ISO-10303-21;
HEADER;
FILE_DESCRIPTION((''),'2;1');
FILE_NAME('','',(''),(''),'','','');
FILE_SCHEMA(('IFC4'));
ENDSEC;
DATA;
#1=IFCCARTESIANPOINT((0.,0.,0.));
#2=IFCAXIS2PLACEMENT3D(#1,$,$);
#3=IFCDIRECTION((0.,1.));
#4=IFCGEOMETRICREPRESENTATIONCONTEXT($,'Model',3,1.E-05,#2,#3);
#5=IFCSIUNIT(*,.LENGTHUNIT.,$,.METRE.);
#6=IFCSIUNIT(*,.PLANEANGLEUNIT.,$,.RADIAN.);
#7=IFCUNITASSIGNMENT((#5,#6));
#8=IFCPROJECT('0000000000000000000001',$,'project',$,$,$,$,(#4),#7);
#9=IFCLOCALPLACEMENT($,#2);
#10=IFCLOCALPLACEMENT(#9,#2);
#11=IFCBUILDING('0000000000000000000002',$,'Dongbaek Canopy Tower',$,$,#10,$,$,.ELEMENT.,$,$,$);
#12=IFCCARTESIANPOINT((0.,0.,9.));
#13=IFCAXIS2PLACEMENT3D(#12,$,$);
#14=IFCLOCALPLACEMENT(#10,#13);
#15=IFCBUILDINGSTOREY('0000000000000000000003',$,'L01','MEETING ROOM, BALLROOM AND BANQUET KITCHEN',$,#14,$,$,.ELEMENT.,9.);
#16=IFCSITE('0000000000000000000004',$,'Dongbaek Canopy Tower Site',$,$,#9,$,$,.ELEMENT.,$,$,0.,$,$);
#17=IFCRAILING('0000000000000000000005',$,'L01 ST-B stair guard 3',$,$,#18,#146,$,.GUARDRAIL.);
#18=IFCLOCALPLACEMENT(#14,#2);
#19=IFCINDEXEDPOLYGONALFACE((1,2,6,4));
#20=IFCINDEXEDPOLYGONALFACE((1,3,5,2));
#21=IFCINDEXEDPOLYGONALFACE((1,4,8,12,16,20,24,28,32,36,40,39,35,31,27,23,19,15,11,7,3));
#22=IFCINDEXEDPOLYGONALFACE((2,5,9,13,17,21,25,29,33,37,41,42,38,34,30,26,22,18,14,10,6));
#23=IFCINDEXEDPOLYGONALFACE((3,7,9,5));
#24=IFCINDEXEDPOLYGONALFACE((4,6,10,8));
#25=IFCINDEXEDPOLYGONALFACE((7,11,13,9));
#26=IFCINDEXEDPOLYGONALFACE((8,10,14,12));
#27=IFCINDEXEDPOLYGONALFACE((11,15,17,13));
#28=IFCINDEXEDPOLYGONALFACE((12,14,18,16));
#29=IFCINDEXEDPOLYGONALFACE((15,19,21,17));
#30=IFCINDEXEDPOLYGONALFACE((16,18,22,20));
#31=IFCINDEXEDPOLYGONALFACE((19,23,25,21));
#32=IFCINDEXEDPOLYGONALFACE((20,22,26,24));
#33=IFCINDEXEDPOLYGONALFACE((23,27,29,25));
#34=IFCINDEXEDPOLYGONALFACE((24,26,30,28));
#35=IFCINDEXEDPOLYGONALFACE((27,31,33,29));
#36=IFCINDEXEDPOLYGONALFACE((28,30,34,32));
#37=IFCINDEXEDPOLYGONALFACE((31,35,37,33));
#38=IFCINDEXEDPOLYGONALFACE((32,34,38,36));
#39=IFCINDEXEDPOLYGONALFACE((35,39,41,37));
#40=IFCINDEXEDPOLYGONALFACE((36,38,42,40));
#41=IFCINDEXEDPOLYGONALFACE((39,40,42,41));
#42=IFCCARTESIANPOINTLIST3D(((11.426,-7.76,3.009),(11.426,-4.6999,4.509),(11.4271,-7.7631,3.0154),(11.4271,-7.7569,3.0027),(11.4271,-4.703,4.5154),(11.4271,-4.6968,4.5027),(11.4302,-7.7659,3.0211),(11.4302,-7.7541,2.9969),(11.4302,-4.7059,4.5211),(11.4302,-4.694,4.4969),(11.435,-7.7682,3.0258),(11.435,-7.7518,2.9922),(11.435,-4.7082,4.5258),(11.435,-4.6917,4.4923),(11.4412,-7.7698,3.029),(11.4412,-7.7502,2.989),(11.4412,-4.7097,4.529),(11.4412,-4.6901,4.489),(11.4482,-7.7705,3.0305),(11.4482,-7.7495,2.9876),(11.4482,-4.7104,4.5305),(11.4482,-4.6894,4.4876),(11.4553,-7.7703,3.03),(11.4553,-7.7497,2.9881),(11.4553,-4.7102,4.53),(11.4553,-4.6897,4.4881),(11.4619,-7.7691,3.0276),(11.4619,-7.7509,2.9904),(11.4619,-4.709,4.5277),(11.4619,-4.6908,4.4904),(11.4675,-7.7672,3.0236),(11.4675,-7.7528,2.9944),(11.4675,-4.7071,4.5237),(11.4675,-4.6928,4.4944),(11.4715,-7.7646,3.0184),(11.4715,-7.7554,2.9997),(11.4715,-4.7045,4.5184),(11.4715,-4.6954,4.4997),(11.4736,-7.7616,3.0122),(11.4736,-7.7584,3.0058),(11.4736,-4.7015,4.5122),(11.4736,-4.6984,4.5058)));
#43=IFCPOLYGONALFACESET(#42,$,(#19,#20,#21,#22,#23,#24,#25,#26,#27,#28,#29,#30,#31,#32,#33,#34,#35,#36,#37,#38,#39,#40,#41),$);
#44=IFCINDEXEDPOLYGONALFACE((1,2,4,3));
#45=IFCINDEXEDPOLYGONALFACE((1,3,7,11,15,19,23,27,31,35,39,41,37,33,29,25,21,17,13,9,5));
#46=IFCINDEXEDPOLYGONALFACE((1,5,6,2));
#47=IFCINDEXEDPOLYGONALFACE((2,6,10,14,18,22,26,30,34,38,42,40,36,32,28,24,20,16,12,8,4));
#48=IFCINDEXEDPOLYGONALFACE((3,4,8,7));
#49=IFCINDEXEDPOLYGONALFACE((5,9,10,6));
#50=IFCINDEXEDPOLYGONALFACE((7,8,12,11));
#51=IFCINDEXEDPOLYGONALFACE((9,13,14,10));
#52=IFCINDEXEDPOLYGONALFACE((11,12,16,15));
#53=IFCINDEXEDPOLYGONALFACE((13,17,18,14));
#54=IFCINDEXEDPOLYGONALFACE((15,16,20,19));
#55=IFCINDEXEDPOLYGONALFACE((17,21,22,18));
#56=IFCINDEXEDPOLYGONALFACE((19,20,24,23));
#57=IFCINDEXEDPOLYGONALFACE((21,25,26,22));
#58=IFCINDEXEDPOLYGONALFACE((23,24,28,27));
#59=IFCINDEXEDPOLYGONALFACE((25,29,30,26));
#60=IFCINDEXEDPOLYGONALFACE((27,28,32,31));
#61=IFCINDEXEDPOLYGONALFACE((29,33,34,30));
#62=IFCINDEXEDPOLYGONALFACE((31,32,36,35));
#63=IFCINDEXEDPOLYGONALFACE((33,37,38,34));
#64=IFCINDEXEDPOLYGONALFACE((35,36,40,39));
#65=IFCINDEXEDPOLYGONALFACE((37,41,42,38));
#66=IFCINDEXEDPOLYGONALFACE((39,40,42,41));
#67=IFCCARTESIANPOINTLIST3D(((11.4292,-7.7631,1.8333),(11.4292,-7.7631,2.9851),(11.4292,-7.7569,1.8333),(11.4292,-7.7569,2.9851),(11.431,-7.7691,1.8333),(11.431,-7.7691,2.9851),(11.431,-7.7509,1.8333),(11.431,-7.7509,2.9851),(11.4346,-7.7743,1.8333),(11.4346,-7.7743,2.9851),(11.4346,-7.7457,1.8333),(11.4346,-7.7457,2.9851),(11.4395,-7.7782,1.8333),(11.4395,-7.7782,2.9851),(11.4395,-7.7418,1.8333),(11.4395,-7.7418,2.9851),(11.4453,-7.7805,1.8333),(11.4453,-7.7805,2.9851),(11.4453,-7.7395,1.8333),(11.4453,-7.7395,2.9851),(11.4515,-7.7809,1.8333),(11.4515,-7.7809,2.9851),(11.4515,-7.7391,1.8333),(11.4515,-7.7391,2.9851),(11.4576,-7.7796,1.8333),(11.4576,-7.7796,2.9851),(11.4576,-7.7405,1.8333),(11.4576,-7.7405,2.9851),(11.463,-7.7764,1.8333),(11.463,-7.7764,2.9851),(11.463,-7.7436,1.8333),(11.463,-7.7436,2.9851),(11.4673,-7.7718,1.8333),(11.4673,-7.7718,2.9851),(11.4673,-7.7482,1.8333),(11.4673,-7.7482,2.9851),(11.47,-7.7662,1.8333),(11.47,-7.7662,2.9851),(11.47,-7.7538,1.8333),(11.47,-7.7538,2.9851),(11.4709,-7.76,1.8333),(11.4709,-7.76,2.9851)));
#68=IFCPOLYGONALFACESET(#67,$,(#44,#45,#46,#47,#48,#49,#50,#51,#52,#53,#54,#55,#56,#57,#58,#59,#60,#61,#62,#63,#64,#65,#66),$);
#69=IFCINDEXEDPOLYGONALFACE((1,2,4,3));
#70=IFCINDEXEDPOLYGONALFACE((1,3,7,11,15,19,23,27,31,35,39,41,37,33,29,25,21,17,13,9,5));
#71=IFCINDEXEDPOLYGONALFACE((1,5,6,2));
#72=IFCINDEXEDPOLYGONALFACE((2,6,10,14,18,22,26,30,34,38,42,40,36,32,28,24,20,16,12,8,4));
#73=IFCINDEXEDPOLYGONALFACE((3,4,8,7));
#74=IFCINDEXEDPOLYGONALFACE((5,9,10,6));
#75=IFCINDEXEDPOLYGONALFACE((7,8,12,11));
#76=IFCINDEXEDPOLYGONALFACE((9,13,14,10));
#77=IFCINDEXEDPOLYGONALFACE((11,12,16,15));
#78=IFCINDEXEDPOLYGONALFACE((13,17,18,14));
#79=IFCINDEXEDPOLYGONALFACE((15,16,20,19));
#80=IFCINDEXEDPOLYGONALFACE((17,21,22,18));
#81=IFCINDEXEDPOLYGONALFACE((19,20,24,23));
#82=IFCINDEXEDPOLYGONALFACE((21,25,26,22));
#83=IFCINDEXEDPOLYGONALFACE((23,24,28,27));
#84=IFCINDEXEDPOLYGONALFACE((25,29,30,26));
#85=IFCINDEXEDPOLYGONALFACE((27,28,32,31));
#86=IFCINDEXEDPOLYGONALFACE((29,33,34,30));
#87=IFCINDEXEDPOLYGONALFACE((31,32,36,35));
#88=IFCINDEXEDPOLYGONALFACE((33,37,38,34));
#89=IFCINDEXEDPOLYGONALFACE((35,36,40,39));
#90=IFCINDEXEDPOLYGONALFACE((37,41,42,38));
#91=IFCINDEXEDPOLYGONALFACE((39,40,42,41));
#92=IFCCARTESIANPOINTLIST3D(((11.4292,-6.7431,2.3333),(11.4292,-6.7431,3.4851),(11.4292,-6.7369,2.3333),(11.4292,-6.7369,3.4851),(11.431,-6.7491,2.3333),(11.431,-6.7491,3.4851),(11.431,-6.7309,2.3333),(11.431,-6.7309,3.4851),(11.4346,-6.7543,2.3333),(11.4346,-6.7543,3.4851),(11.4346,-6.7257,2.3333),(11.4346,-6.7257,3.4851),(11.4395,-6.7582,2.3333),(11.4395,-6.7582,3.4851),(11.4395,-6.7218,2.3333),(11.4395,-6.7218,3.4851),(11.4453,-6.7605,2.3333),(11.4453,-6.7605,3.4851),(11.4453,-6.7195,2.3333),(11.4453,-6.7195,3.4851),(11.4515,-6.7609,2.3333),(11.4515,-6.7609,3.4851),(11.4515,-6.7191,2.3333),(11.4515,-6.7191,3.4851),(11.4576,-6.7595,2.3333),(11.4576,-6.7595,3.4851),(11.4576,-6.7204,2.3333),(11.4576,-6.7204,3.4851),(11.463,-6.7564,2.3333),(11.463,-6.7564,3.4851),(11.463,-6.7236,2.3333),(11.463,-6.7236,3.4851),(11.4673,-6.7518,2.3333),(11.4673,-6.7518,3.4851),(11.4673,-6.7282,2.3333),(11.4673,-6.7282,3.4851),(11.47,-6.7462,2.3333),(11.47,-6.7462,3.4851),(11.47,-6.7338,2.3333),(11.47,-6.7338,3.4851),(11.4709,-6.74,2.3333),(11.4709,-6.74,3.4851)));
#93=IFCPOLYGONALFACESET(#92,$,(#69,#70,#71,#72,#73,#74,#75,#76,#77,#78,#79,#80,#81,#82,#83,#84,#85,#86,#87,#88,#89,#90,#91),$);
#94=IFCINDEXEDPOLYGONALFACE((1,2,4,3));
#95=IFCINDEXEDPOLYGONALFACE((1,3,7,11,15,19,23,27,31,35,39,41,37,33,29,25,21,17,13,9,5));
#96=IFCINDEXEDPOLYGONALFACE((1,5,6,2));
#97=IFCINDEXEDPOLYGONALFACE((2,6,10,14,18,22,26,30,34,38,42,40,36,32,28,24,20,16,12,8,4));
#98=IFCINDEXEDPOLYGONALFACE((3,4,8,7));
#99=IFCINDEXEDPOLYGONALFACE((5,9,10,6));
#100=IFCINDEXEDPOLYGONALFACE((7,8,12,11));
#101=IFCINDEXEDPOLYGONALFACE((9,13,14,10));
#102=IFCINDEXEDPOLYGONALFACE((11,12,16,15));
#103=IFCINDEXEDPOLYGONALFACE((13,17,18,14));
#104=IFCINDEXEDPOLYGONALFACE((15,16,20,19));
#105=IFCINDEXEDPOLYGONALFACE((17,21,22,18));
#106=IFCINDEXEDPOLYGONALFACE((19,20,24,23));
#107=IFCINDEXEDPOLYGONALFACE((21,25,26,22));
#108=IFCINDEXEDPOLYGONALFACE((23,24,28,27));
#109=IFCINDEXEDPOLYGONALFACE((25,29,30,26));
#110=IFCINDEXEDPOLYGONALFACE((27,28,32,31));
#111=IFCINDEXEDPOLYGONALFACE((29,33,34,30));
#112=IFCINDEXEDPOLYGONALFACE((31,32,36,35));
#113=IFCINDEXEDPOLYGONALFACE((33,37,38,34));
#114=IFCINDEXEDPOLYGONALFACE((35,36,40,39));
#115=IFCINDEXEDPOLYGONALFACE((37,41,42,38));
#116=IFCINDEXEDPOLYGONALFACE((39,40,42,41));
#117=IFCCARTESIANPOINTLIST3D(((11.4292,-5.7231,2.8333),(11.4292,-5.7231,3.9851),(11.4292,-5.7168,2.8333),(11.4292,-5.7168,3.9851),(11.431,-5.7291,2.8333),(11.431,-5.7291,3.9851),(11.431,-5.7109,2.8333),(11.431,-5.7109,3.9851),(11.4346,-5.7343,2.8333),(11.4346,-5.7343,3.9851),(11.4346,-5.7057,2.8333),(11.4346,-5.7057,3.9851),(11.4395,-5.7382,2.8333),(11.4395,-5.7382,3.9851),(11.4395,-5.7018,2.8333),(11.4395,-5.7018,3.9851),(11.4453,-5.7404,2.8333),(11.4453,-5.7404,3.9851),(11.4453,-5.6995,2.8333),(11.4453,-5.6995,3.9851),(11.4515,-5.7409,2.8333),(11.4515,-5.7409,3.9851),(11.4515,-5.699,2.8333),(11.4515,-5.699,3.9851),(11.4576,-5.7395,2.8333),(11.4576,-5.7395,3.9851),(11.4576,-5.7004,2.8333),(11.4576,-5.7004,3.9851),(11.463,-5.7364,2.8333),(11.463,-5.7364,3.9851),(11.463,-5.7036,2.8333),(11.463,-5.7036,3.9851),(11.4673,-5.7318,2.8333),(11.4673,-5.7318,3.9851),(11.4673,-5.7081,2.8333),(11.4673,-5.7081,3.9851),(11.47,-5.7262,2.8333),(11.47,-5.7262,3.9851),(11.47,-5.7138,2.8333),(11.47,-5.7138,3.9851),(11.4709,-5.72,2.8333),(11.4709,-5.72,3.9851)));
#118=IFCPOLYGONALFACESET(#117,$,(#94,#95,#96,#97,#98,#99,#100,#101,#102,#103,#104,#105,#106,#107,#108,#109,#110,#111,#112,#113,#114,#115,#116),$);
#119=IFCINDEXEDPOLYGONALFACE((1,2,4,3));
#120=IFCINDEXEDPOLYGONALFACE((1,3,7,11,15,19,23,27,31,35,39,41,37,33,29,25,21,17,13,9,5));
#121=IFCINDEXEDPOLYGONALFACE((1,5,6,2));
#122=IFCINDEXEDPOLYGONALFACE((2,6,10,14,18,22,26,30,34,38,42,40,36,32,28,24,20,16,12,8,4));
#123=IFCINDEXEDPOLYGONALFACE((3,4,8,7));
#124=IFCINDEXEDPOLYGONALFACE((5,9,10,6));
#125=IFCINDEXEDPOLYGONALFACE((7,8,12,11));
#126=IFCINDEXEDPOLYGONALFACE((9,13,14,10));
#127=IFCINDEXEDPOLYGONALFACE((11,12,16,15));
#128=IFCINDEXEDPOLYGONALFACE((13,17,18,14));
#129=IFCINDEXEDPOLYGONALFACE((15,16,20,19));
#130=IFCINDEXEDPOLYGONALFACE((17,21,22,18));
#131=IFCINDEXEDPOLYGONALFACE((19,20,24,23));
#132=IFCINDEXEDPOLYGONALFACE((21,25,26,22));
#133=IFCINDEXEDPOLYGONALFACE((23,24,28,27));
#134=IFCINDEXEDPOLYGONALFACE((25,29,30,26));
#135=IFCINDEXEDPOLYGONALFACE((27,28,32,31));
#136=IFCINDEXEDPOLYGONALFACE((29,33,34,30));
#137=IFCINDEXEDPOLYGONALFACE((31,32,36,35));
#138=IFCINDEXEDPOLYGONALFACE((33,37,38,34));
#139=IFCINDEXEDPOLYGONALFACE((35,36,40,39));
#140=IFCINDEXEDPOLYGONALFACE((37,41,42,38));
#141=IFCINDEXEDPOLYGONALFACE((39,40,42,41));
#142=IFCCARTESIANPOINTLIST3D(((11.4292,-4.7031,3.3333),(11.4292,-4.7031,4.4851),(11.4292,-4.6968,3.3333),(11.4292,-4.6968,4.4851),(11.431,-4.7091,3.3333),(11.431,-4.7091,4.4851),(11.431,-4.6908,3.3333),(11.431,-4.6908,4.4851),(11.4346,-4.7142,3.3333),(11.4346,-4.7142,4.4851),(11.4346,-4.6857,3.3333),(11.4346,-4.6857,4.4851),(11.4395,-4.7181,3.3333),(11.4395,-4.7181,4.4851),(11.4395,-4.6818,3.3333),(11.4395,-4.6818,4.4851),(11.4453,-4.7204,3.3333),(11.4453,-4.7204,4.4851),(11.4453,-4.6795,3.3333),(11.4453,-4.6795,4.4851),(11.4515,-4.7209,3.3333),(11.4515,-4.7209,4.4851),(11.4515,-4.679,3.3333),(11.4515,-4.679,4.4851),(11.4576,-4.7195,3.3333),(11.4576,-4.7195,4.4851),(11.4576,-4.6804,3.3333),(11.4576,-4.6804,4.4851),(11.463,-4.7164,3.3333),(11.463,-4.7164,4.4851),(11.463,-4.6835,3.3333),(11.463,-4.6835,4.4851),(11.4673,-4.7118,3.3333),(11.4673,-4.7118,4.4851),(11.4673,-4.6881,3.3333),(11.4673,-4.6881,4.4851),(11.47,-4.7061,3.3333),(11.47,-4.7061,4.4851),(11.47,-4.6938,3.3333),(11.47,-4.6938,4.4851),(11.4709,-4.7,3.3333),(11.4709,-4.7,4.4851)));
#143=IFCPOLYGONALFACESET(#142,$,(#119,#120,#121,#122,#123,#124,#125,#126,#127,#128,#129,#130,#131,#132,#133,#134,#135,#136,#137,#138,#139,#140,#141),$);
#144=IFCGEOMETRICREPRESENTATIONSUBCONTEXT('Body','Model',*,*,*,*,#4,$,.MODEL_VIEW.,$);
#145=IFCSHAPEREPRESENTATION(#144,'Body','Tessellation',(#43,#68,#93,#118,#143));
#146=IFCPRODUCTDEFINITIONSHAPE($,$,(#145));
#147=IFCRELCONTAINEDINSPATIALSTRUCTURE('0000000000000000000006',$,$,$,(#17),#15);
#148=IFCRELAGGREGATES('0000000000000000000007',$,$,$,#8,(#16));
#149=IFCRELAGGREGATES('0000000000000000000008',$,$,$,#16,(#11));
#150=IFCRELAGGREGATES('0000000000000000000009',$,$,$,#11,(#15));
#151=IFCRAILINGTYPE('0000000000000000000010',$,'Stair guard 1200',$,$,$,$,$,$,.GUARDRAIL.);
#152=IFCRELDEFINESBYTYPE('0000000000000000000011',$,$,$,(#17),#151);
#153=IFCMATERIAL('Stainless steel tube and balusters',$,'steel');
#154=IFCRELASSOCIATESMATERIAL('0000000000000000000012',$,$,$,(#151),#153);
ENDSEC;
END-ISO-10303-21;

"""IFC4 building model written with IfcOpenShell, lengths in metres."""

from ifc_helpers import new_model, si_unit, direction, frame, origin, origin_2d, place, context, subcontext, project, spatial, circle, extrude, material, type_object, element, save


model = new_model("IFC4")

# Units and contexts
model_context = context("Model", 3, precision=1e-05, world=origin(), true_north=direction((0.0, 1.0)))
body_context = subcontext(model_context, "Body", "Model", "MODEL_VIEW")
ifc_project = project(units=[si_unit("LENGTHUNIT", "METRE"), si_unit("PLANEANGLEUNIT", "RADIAN")], contexts=[model_context])

# Site, building, storey
site_placement = place(None, origin())
site = spatial("IfcSite", under=ifc_project, at=site_placement, Name="Dongbaek Canopy Tower Site", CompositionType="ELEMENT", RefElevation=0.0)
building_placement = place(site_placement, origin())
building = spatial("IfcBuilding", under=site, at=building_placement, Name="Dongbaek Canopy Tower", CompositionType="ELEMENT")
storey_placement = place(building_placement, frame((0.0, 0.0, 9.0)))
storey = spatial("IfcBuildingStorey", under=building, at=storey_placement, Name="L01", Description="MEETING ROOM, BALLROOM AND BANQUET KITCHEN", CompositionType="ELEMENT", Elevation=9.0)

# Railing
ifc_material_1 = material(Name="Stainless steel tube and balusters", Category="steel")
railing_type_1 = type_object("IfcRailingType", Name="Stair guard 1200", PredefinedType="GUARDRAIL", material=ifc_material_1)
railing_1_placement = place(storey_placement, frame((11.45, -7.76, 1.8333)))
element("IfcRailing", 1, at=railing_1_placement, inside=storey, type_object=railing_type_1, Name="L01 ST-B stair guard 3", PredefinedType="GUARDRAIL", context=body_context, shape_type="SweptSolid", body=[
    extrude(circle(Radius=0.0239, at=origin_2d()), frame((0.0, 0.0, 1.1758), z_axis=(0.0, 0.897924, 0.44015), x_axis=(-1.0, 0.0, 0.0)), (0.0, 0.0, 1.0), 3.408),
    extrude(circle(Radius=0.021, at=origin_2d()), origin(), (0.0, 0.0, 1.0), 1.1519),
    extrude(circle(Radius=0.021, at=origin_2d()), frame((0.0, 1.02, 0.5)), (0.0, 0.0, 1.0), 1.1519),
    extrude(circle(Radius=0.021, at=origin_2d()), frame((0.0, 2.04, 1.0)), (0.0, 0.0, 1.0), 1.1519),
    extrude(circle(Radius=0.021, at=origin_2d()), frame((0.0, 3.0601, 1.5)), (0.0, 0.0, 1.0), 1.1519),
])

save(model, "model.ifc")
